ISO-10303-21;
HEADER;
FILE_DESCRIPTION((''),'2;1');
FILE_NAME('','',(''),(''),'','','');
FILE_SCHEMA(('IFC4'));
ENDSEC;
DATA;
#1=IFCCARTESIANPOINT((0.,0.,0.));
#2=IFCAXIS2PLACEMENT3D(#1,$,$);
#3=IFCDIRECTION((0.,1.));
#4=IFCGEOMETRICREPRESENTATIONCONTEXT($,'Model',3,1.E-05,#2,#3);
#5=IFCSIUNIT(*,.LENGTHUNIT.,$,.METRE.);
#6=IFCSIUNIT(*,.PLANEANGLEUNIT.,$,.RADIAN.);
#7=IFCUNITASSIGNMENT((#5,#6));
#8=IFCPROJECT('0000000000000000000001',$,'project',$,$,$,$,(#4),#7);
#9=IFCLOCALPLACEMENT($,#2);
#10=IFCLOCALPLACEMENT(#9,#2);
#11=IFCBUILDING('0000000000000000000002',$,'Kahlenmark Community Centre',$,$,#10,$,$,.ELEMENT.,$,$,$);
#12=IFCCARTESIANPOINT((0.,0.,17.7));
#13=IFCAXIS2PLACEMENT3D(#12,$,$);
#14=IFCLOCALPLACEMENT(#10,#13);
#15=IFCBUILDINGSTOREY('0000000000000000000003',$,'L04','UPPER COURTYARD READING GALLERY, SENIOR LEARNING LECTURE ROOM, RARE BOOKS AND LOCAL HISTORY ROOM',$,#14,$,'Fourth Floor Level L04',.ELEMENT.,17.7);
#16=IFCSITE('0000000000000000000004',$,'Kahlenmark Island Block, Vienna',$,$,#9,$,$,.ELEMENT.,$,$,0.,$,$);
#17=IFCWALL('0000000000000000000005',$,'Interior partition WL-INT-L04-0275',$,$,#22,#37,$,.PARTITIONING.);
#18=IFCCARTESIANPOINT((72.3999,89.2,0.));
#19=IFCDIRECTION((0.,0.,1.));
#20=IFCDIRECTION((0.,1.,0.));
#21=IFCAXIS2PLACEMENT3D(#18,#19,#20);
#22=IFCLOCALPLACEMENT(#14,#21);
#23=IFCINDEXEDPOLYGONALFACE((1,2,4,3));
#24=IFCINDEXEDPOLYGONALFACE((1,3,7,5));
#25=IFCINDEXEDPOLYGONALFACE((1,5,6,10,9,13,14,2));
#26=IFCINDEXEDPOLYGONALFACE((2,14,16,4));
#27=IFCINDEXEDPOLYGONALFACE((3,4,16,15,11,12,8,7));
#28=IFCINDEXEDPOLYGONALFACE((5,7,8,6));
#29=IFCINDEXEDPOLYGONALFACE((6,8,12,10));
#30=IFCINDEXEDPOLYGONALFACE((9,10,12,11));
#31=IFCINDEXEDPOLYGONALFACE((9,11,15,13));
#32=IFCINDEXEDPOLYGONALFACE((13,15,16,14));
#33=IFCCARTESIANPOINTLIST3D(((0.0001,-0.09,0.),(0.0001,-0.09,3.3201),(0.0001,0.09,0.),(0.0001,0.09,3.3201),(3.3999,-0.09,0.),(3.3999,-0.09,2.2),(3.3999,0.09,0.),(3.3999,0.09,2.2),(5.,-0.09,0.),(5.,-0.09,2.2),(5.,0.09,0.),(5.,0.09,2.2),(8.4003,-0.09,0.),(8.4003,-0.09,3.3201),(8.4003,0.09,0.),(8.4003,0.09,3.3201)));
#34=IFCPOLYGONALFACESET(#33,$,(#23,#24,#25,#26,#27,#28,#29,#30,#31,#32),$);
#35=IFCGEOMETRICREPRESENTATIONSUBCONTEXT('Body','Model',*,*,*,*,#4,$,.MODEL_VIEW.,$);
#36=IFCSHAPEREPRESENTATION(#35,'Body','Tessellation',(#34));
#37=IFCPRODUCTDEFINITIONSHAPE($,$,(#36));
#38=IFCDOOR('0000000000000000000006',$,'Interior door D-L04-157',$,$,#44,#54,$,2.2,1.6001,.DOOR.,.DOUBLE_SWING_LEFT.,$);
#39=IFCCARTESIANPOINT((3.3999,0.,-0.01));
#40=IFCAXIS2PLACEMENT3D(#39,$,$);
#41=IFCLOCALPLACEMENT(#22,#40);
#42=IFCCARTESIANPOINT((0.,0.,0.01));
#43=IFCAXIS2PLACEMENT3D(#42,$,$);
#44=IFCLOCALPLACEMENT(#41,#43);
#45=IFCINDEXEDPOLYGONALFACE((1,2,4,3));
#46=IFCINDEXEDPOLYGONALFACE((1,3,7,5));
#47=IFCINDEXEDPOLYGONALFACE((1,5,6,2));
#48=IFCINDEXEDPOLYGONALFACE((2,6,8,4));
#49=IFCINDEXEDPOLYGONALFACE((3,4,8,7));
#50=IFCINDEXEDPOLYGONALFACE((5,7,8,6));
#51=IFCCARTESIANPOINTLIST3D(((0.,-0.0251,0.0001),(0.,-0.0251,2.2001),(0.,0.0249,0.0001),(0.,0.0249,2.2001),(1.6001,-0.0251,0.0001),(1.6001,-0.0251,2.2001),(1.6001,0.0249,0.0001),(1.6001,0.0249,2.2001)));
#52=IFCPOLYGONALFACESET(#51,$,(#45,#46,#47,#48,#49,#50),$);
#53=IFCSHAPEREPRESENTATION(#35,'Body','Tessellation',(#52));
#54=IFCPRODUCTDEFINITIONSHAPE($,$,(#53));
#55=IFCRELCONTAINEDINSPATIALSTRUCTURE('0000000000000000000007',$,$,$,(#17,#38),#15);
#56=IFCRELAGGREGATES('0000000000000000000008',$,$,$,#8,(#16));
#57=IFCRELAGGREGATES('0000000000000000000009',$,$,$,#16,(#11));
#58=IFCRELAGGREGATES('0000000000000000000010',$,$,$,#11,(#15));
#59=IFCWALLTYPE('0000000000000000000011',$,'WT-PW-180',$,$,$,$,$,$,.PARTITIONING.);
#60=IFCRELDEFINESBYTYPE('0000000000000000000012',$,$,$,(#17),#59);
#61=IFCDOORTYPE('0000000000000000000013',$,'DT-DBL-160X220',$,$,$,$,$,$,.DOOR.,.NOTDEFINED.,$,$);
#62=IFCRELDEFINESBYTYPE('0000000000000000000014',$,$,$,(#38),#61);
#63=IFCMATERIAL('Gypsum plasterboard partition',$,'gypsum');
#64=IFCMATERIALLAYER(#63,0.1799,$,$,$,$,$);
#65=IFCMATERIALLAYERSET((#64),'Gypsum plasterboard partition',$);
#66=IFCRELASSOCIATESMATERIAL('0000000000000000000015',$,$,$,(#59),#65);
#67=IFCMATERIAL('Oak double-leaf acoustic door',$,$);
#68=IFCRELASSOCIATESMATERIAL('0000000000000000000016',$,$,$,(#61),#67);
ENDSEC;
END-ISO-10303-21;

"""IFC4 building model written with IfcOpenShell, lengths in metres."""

from ifc_helpers import new_model, si_unit, direction, frame, frame_2d, origin, place, context, subcontext, project, spatial, rectangle, extrude, material, layer, layer_set, type_object, element, fill, save


model = new_model("IFC4")

# Units and contexts
model_context = context("Model", 3, precision=1e-05, world=origin(), true_north=direction((0.0, 1.0)))
body_context = subcontext(model_context, "Body", "Model", "MODEL_VIEW")
ifc_project = project(units=[si_unit("LENGTHUNIT", "METRE"), si_unit("PLANEANGLEUNIT", "RADIAN")], contexts=[model_context])

# Site, building, storey
site_placement = place(None, origin())
site = spatial("IfcSite", under=ifc_project, at=site_placement, Name="Kahlenmark Island Block, Vienna", CompositionType="ELEMENT", RefElevation=0.0)
building_placement = place(site_placement, origin())
building = spatial("IfcBuilding", under=site, at=building_placement, Name="Kahlenmark Community Centre", CompositionType="ELEMENT")
storey_placement = place(building_placement, frame((0.0, 0.0, 17.7)))
storey = spatial("IfcBuildingStorey", under=building, at=storey_placement, Name="L04", Description="UPPER COURTYARD READING GALLERY, SENIOR LEARNING LECTURE ROOM, RARE BOOKS AND LOCAL HISTORY ROOM", LongName="Fourth Floor Level L04", CompositionType="ELEMENT", Elevation=17.7)

# Shared definitions
ifc_material_1 = material(Name="Gypsum plasterboard partition", Category="gypsum")
ifc_layer_1 = layer(ifc_material_1, 0.1799)
ifc_layer_set_1 = layer_set([ifc_layer_1], Name="Gypsum plasterboard partition")
wall_type_1 = type_object("IfcWallType", Name="WT-PW-180", PredefinedType="PARTITIONING", material=ifc_layer_set_1)

# Wall, opening, door
wall_1_placement = place(storey_placement, frame((72.3999, 89.2, 0.0), z_axis=(0.0, 0.0, 1.0), x_axis=(0.0, 1.0, 0.0)))
wall_1 = element("IfcWall", 1, at=wall_1_placement, inside=storey, type_object=wall_type_1, Name="Interior partition WL-INT-L04-0275", PredefinedType="PARTITIONING", context=body_context, shape_type="SweptSolid", body=[
    extrude(rectangle(XDim=8.4001, YDim=0.1799, at=frame_2d((4.2002, 0.0))), origin(), (0.0, 0.0, 1.0), 3.3201),
])
opening_1_placement = place(wall_1_placement, frame((3.3999, 0.0, -0.01)))
opening_1 = element("IfcOpeningElement", 2, at=opening_1_placement, cuts=wall_1, PredefinedType="OPENING", context=body_context, shape_type="SweptSolid", body=[
    extrude(rectangle(XDim=1.6001, YDim=2.21, at=frame_2d((0.8, 1.105))), frame((0.0, 0.0999, 0.0), z_axis=(0.0, -1.0, 0.0), x_axis=(1.0, 0.0, 0.0)), (0.0, 0.0, 1.0), 0.2),
])
ifc_material_2 = material(Name="Oak double-leaf acoustic door")
door_type = type_object("IfcDoorType", Name="DT-DBL-160X220", OperationType="NOTDEFINED", PredefinedType="DOOR", material=ifc_material_2)
door_placement = place(opening_1_placement, frame((0.0, 0.0, 0.01)))
door = element("IfcDoor", 3, at=door_placement, inside=storey, type_object=door_type, Name="Interior door D-L04-157", OperationType="DOUBLE_SWING_LEFT", OverallHeight=2.2, OverallWidth=1.6001, PredefinedType="DOOR", context=body_context, shape_type="SweptSolid", body=[
    extrude(rectangle(XDim=1.6001, YDim=2.2, at=frame_2d((0.8, 1.1001))), frame((0.0, 0.0249, 0.0), z_axis=(0.0, -1.0, 0.0), x_axis=(1.0, 0.0, 0.0)), (0.0, 0.0, 1.0), 0.05),
])
fill(opening_1, door)

save(model, "model.ifc")
